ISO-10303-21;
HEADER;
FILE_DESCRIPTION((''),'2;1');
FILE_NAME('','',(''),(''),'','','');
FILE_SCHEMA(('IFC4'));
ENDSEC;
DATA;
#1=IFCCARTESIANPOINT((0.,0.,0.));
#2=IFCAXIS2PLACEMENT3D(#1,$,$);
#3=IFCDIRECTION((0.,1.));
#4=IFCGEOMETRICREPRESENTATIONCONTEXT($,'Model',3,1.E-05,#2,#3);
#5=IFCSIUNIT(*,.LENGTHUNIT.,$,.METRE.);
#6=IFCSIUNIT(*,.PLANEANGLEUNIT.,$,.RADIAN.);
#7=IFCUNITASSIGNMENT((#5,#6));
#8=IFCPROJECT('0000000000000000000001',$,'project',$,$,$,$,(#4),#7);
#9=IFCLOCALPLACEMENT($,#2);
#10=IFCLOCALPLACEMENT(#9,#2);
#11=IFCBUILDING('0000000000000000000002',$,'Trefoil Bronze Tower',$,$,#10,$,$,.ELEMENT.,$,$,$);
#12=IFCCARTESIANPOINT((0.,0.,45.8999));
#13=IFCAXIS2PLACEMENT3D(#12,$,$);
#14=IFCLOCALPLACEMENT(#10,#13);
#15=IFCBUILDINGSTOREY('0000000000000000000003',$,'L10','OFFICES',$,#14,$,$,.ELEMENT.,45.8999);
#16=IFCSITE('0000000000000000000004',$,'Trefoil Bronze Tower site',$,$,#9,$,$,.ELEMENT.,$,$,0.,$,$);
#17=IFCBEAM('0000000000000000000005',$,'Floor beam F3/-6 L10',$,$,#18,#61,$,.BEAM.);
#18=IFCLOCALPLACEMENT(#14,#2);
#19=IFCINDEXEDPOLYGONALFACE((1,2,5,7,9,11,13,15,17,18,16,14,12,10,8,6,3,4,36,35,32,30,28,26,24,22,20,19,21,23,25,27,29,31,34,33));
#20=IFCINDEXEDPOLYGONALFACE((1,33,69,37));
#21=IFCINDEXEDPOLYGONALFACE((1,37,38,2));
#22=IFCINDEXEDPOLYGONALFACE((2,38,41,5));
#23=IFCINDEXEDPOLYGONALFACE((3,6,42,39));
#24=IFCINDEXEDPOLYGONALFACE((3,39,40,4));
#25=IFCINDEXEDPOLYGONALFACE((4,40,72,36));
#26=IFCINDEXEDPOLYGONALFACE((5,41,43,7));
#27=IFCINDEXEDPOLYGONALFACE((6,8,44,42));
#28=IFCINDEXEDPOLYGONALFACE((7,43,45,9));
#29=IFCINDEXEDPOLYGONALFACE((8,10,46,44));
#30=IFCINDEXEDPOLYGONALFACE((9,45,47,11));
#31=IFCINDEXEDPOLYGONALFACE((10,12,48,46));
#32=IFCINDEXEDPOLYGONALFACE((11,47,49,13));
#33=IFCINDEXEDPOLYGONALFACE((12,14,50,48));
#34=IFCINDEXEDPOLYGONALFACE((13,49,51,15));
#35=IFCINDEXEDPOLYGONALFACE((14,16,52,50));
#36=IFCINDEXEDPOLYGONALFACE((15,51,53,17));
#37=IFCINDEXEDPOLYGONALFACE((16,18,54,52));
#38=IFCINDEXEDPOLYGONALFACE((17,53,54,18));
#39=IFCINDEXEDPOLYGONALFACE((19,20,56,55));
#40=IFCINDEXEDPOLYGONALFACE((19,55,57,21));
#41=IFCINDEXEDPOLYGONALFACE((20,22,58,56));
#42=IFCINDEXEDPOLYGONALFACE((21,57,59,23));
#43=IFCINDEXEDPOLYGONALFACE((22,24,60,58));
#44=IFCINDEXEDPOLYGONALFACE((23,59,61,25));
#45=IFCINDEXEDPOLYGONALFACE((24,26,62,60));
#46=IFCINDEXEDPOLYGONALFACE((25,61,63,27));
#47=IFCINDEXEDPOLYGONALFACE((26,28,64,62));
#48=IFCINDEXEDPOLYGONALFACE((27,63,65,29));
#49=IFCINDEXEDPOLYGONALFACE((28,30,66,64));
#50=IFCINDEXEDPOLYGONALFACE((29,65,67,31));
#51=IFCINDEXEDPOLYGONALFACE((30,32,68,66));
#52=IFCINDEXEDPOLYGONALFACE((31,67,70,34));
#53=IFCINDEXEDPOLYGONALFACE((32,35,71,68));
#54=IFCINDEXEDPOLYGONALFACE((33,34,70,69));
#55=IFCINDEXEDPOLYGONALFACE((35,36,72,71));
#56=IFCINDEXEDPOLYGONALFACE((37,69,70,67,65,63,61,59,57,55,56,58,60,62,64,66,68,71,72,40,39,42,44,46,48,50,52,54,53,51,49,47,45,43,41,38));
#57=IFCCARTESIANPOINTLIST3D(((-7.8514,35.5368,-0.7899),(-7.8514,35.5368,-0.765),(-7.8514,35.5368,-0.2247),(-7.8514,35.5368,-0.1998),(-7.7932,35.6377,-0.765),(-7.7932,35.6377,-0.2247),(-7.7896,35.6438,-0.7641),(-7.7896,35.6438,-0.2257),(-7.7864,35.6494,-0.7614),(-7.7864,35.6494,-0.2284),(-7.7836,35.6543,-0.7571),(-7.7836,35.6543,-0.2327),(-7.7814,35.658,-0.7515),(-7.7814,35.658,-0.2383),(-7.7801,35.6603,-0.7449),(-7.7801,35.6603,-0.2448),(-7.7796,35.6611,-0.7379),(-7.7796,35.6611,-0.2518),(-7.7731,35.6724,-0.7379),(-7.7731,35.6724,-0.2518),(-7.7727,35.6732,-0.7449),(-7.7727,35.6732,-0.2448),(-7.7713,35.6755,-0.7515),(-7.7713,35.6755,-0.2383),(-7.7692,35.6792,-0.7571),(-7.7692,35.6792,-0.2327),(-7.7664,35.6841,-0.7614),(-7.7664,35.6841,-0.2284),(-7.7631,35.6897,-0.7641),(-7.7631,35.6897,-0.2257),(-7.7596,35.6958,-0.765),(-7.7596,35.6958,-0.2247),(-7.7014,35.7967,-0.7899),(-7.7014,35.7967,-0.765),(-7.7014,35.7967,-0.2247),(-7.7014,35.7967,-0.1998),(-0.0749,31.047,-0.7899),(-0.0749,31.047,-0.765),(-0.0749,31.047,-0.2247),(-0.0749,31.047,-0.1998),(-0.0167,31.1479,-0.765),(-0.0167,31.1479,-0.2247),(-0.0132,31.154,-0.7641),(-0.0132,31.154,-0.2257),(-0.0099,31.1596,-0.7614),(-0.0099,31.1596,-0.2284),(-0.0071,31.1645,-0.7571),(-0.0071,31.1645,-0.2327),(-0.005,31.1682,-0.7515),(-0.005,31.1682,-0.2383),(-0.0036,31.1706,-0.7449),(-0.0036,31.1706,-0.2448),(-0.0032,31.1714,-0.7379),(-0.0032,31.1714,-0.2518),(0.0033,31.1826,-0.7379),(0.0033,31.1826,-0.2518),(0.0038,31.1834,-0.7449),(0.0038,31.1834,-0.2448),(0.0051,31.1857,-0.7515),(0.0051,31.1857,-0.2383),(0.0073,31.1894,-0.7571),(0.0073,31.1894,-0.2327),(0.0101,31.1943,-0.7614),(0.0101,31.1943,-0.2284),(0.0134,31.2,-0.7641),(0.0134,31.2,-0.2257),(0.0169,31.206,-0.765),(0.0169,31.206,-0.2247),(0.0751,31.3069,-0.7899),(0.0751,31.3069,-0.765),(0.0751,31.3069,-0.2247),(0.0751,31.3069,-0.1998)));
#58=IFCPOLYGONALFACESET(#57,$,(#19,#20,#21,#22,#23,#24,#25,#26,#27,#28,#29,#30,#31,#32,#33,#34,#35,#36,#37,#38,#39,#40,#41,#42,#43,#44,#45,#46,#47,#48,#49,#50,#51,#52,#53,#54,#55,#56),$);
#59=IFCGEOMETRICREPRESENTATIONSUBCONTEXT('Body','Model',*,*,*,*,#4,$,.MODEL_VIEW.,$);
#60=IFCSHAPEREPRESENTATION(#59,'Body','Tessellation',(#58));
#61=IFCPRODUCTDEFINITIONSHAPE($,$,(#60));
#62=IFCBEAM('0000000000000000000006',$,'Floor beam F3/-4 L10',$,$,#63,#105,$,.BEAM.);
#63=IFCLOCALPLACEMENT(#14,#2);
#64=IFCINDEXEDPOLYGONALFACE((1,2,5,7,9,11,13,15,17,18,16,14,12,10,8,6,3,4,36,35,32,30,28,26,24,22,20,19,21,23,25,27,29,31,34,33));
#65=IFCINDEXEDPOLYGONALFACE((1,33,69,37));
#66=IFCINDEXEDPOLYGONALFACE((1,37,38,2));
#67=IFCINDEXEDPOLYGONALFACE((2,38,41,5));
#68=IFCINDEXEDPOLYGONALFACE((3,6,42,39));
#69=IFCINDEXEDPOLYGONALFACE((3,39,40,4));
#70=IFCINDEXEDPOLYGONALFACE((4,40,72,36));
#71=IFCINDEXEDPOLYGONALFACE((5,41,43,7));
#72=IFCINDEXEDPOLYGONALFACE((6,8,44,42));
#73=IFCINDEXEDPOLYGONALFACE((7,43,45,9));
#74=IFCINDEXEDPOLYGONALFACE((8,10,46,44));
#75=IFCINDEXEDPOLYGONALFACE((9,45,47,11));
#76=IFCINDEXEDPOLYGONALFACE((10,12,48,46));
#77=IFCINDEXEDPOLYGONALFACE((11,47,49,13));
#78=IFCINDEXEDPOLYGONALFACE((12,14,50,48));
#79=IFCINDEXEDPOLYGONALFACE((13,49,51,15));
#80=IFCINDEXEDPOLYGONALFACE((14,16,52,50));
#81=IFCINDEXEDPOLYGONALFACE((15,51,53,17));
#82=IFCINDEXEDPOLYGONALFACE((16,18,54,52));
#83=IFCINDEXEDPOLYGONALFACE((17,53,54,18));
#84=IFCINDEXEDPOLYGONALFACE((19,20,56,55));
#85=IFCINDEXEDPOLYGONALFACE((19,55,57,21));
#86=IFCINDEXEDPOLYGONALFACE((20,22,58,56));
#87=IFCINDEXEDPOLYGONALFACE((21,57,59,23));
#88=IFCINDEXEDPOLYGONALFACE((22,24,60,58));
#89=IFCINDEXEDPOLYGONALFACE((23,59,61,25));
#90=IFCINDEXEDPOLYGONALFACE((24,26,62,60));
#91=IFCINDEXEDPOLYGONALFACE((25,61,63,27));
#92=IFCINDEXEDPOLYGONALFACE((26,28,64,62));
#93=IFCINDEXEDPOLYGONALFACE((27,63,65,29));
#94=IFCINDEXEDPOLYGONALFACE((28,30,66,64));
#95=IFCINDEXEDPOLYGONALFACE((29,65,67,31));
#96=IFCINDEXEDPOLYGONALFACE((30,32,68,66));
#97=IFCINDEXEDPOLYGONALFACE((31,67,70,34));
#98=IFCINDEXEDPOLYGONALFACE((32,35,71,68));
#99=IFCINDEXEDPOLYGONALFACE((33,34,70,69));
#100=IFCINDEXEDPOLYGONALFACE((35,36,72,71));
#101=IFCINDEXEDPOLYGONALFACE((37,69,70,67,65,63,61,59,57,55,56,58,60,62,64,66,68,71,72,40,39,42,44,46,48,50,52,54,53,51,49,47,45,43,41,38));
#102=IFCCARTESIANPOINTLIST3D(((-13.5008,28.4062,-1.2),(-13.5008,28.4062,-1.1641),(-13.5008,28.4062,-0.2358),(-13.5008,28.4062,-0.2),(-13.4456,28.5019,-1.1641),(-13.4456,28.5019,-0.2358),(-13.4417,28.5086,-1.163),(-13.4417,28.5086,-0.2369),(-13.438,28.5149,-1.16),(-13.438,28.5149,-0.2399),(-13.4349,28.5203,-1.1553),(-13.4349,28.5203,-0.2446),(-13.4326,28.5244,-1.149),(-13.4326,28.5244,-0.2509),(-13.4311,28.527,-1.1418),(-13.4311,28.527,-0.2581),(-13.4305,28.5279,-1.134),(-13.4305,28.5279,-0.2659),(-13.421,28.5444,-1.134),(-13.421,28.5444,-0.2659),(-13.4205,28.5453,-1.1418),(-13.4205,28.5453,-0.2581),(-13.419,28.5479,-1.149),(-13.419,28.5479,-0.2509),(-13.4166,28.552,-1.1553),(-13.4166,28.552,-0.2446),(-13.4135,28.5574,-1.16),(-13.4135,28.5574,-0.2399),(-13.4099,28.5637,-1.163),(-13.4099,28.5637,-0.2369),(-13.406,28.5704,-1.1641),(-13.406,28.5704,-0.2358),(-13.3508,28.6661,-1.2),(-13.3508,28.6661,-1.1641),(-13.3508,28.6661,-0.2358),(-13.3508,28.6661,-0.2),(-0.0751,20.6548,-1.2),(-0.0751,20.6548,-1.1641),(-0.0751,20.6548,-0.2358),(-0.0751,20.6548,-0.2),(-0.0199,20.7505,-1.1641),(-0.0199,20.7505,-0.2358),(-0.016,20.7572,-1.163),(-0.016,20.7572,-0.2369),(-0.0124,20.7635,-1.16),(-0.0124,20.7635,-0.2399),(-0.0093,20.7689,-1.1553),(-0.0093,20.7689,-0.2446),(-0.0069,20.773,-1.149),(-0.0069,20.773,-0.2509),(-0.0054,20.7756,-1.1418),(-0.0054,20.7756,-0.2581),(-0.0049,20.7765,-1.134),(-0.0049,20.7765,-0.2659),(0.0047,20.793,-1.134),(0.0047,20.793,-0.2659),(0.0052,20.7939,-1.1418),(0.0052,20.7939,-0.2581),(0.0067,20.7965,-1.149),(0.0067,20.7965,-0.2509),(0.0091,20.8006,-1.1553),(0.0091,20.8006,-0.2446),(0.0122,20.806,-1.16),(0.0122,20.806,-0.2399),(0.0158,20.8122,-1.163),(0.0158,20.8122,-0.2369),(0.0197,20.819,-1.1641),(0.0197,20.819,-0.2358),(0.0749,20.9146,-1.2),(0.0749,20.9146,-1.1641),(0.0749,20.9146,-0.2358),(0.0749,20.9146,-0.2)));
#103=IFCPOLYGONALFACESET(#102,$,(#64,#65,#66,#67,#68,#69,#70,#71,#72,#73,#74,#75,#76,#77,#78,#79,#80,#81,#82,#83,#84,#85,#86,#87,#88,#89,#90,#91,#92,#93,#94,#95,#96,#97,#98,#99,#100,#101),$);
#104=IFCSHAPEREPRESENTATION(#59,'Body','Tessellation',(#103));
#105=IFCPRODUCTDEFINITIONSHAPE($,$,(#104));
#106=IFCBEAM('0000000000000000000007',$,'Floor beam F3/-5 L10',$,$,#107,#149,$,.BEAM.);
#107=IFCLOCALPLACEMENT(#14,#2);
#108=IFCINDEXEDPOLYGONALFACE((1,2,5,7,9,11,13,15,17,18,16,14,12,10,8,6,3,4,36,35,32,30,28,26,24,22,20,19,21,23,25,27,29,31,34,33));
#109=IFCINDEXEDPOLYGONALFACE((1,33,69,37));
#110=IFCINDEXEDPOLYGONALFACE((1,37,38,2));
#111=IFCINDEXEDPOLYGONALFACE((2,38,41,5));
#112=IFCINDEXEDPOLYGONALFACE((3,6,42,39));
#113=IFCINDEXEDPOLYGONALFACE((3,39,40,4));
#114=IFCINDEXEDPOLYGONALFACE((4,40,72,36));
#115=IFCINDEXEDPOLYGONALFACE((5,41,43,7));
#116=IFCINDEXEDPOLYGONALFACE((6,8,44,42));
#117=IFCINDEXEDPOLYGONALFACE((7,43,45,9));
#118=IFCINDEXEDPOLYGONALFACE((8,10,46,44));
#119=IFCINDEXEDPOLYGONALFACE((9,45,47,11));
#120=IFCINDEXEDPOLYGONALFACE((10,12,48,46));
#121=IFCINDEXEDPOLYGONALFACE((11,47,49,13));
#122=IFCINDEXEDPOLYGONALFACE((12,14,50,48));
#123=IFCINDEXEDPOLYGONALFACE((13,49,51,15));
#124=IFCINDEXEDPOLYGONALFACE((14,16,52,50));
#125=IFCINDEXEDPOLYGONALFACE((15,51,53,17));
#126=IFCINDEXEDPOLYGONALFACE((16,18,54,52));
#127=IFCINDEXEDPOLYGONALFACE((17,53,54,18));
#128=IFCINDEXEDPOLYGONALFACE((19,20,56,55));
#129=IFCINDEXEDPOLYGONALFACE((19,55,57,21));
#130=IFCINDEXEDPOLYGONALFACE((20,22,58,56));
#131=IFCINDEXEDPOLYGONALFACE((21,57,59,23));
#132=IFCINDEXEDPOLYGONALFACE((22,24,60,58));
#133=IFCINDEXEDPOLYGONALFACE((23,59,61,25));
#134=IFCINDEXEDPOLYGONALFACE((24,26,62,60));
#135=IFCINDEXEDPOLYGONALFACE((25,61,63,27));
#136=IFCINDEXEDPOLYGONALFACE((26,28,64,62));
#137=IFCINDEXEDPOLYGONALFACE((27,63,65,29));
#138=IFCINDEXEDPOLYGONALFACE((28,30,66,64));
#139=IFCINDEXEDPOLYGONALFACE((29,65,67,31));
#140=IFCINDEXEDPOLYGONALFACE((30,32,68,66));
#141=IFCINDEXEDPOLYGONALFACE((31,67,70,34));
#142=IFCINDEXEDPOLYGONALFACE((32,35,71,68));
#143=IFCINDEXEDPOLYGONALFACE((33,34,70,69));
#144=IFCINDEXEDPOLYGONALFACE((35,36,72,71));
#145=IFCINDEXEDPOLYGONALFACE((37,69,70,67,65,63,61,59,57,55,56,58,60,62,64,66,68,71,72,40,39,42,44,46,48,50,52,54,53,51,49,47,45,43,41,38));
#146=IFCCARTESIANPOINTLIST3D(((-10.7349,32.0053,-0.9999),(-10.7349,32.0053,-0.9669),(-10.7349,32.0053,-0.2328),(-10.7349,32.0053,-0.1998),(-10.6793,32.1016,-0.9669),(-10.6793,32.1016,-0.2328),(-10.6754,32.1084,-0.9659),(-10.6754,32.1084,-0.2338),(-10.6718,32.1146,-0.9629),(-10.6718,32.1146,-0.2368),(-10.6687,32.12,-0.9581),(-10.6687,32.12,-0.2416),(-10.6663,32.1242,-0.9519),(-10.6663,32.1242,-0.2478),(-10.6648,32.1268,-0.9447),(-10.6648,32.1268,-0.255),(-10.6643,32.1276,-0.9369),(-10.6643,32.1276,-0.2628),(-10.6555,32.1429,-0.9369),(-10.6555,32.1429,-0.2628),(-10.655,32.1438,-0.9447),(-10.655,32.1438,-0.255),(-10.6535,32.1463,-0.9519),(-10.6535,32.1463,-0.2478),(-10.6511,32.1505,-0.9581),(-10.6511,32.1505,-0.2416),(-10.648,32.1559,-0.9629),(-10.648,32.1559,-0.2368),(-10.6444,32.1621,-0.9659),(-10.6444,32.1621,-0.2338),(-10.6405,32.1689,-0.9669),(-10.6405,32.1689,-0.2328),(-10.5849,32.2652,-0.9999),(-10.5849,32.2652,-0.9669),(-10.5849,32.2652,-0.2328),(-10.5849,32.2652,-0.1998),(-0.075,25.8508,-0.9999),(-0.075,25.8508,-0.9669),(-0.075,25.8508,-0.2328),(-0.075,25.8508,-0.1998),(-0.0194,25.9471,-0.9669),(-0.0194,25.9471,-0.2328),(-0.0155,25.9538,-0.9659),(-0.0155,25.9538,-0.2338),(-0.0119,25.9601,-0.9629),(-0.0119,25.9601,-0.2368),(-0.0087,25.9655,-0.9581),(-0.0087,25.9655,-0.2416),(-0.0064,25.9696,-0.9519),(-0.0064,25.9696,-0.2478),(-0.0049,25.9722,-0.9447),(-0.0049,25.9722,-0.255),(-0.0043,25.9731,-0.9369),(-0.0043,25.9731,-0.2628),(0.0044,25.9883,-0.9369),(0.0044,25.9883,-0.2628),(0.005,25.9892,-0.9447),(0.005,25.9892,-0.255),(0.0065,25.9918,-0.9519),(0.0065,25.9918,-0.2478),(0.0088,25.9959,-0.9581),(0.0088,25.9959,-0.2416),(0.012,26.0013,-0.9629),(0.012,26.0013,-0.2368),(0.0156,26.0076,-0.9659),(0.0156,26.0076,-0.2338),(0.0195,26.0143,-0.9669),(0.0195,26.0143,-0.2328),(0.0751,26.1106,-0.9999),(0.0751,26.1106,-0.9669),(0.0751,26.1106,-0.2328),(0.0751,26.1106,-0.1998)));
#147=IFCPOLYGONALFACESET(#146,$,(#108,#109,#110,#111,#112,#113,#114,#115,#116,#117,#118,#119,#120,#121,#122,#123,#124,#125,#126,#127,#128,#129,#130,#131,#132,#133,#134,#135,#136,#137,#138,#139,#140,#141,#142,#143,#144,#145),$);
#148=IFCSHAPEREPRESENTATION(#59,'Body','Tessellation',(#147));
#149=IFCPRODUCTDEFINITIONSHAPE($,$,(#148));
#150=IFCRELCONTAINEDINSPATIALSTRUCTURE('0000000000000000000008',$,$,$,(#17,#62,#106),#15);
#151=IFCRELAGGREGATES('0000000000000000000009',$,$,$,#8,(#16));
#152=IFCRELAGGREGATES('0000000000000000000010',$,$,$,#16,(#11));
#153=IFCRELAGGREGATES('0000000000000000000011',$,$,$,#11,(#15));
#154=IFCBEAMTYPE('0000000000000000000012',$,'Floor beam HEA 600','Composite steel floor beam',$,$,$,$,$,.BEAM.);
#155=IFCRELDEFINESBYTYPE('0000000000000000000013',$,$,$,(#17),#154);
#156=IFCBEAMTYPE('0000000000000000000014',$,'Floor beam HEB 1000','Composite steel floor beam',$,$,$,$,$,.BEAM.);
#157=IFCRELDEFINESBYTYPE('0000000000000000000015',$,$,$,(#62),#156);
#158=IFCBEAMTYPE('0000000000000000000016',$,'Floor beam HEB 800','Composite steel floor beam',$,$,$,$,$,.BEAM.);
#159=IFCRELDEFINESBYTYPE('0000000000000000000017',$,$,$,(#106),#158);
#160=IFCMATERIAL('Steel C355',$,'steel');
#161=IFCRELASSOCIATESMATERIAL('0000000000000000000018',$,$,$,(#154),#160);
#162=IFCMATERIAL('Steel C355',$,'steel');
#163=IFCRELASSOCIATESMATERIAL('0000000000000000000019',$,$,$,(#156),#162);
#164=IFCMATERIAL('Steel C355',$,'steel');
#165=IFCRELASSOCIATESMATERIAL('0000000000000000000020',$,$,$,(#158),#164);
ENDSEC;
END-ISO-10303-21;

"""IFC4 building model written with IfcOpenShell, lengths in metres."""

from ifc_helpers import new_model, si_unit, direction, frame, origin, origin_2d, place, context, subcontext, project, spatial, i_section, extrude, material, material_profile, profile_set, type_object, element, save


model = new_model("IFC4")

# Units and contexts
model_context = context("Model", 3, precision=1e-05, world=origin(), true_north=direction((0.0, 1.0)))
body_context = subcontext(model_context, "Body", "Model", "MODEL_VIEW")
ifc_project = project(units=[si_unit("LENGTHUNIT", "METRE"), si_unit("PLANEANGLEUNIT", "RADIAN")], contexts=[model_context])

# Site, building, storey
site_placement = place(None, origin())
site = spatial("IfcSite", under=ifc_project, at=site_placement, Name="Trefoil Bronze Tower site", CompositionType="ELEMENT", RefElevation=0.0)
building_placement = place(site_placement, origin())
building = spatial("IfcBuilding", under=site, at=building_placement, Name="Trefoil Bronze Tower", CompositionType="ELEMENT")
storey_placement = place(building_placement, frame((0.0, 0.0, 45.8999)))
storey = spatial("IfcBuildingStorey", under=building, at=storey_placement, Name="L10", Description="OFFICES", CompositionType="ELEMENT", Elevation=45.8999)

# Beams
ifc_material_1 = material(Name="Steel C355", Category="steel")
ifc_material_profile_1 = material_profile(ifc_material_1, i_section(OverallWidth=0.3, OverallDepth=0.5901, WebThickness=0.0129, FlangeThickness=0.0249, FilletRadius=0.0271, at=origin_2d()), Name="HEA 600")
ifc_profile_set_1 = profile_set([ifc_material_profile_1], Name="Steel C355")
beam_type_1 = type_object("IfcBeamType", Name="Floor beam HEA 600", Description="Composite steel floor beam", PredefinedType="BEAM", material=ifc_profile_set_1)
beam_1_placement = place(storey_placement, frame((-7.7764, 35.6667, -0.4949), z_axis=(0.866023, -0.500005, 0.0), x_axis=(0.500005, 0.866023, 0.0)))
element("IfcBeam", 1, at=beam_1_placement, inside=storey, type_object=beam_type_1, Name="Floor beam F3/-6 L10", PredefinedType="BEAM", context=body_context, shape_type="SweptSolid", body=[
    extrude(i_section(OverallWidth=0.3, OverallDepth=0.5901, WebThickness=0.0129, FlangeThickness=0.0249, FilletRadius=0.0271, at=origin_2d()), origin(), (0.0, 0.0, 1.0), 8.9795),
])
ifc_material_2 = material(Name="Steel C355", Category="steel")
ifc_material_profile_2 = material_profile(ifc_material_2, i_section(OverallWidth=0.3, OverallDepth=1.0, WebThickness=0.019, FlangeThickness=0.0359, FilletRadius=0.03, at=origin_2d()), Name="HEB 1000")
ifc_profile_set_2 = profile_set([ifc_material_profile_2], Name="Steel C355")
beam_type_2 = type_object("IfcBeamType", Name="Floor beam HEB 1000", Description="Composite steel floor beam", PredefinedType="BEAM", material=ifc_profile_set_2)
beam_2_placement = place(storey_placement, frame((-13.4258, 28.5361, -0.7), z_axis=(0.866023, -0.500004, 0.0), x_axis=(0.500004, 0.866023, 0.0)))
element("IfcBeam", 2, at=beam_2_placement, inside=storey, type_object=beam_type_2, Name="Floor beam F3/-4 L10", PredefinedType="BEAM", context=body_context, shape_type="SweptSolid", body=[
    extrude(i_section(OverallWidth=0.3, OverallDepth=1.0, WebThickness=0.019, FlangeThickness=0.0359, FilletRadius=0.03, at=origin_2d()), origin(), (0.0, 0.0, 1.0), 15.5027),
])
ifc_material_3 = material(Name="Steel C355", Category="steel")
ifc_material_profile_3 = material_profile(ifc_material_3, i_section(OverallWidth=0.3, OverallDepth=0.8, WebThickness=0.0176, FlangeThickness=0.033, FilletRadius=0.03, at=origin_2d()), Name="HEB 800")
ifc_profile_set_3 = profile_set([ifc_material_profile_3], Name="Steel C355")
beam_type_3 = type_object("IfcBeamType", Name="Floor beam HEB 800", Description="Composite steel floor beam", PredefinedType="BEAM", material=ifc_profile_set_3)
beam_3_placement = place(storey_placement, frame((-10.6599, 32.1353, -0.5999), z_axis=(0.866024, -0.500002, 0.0), x_axis=(0.500002, 0.866024, 0.0)))
element("IfcBeam", 3, at=beam_3_placement, inside=storey, type_object=beam_type_3, Name="Floor beam F3/-5 L10", PredefinedType="BEAM", context=body_context, shape_type="SweptSolid", body=[
    extrude(i_section(OverallWidth=0.3, OverallDepth=0.8, WebThickness=0.0176, FlangeThickness=0.033, FilletRadius=0.03, at=origin_2d()), origin(), (0.0, 0.0, 1.0), 12.3091),
])

save(model, "model.ifc")
